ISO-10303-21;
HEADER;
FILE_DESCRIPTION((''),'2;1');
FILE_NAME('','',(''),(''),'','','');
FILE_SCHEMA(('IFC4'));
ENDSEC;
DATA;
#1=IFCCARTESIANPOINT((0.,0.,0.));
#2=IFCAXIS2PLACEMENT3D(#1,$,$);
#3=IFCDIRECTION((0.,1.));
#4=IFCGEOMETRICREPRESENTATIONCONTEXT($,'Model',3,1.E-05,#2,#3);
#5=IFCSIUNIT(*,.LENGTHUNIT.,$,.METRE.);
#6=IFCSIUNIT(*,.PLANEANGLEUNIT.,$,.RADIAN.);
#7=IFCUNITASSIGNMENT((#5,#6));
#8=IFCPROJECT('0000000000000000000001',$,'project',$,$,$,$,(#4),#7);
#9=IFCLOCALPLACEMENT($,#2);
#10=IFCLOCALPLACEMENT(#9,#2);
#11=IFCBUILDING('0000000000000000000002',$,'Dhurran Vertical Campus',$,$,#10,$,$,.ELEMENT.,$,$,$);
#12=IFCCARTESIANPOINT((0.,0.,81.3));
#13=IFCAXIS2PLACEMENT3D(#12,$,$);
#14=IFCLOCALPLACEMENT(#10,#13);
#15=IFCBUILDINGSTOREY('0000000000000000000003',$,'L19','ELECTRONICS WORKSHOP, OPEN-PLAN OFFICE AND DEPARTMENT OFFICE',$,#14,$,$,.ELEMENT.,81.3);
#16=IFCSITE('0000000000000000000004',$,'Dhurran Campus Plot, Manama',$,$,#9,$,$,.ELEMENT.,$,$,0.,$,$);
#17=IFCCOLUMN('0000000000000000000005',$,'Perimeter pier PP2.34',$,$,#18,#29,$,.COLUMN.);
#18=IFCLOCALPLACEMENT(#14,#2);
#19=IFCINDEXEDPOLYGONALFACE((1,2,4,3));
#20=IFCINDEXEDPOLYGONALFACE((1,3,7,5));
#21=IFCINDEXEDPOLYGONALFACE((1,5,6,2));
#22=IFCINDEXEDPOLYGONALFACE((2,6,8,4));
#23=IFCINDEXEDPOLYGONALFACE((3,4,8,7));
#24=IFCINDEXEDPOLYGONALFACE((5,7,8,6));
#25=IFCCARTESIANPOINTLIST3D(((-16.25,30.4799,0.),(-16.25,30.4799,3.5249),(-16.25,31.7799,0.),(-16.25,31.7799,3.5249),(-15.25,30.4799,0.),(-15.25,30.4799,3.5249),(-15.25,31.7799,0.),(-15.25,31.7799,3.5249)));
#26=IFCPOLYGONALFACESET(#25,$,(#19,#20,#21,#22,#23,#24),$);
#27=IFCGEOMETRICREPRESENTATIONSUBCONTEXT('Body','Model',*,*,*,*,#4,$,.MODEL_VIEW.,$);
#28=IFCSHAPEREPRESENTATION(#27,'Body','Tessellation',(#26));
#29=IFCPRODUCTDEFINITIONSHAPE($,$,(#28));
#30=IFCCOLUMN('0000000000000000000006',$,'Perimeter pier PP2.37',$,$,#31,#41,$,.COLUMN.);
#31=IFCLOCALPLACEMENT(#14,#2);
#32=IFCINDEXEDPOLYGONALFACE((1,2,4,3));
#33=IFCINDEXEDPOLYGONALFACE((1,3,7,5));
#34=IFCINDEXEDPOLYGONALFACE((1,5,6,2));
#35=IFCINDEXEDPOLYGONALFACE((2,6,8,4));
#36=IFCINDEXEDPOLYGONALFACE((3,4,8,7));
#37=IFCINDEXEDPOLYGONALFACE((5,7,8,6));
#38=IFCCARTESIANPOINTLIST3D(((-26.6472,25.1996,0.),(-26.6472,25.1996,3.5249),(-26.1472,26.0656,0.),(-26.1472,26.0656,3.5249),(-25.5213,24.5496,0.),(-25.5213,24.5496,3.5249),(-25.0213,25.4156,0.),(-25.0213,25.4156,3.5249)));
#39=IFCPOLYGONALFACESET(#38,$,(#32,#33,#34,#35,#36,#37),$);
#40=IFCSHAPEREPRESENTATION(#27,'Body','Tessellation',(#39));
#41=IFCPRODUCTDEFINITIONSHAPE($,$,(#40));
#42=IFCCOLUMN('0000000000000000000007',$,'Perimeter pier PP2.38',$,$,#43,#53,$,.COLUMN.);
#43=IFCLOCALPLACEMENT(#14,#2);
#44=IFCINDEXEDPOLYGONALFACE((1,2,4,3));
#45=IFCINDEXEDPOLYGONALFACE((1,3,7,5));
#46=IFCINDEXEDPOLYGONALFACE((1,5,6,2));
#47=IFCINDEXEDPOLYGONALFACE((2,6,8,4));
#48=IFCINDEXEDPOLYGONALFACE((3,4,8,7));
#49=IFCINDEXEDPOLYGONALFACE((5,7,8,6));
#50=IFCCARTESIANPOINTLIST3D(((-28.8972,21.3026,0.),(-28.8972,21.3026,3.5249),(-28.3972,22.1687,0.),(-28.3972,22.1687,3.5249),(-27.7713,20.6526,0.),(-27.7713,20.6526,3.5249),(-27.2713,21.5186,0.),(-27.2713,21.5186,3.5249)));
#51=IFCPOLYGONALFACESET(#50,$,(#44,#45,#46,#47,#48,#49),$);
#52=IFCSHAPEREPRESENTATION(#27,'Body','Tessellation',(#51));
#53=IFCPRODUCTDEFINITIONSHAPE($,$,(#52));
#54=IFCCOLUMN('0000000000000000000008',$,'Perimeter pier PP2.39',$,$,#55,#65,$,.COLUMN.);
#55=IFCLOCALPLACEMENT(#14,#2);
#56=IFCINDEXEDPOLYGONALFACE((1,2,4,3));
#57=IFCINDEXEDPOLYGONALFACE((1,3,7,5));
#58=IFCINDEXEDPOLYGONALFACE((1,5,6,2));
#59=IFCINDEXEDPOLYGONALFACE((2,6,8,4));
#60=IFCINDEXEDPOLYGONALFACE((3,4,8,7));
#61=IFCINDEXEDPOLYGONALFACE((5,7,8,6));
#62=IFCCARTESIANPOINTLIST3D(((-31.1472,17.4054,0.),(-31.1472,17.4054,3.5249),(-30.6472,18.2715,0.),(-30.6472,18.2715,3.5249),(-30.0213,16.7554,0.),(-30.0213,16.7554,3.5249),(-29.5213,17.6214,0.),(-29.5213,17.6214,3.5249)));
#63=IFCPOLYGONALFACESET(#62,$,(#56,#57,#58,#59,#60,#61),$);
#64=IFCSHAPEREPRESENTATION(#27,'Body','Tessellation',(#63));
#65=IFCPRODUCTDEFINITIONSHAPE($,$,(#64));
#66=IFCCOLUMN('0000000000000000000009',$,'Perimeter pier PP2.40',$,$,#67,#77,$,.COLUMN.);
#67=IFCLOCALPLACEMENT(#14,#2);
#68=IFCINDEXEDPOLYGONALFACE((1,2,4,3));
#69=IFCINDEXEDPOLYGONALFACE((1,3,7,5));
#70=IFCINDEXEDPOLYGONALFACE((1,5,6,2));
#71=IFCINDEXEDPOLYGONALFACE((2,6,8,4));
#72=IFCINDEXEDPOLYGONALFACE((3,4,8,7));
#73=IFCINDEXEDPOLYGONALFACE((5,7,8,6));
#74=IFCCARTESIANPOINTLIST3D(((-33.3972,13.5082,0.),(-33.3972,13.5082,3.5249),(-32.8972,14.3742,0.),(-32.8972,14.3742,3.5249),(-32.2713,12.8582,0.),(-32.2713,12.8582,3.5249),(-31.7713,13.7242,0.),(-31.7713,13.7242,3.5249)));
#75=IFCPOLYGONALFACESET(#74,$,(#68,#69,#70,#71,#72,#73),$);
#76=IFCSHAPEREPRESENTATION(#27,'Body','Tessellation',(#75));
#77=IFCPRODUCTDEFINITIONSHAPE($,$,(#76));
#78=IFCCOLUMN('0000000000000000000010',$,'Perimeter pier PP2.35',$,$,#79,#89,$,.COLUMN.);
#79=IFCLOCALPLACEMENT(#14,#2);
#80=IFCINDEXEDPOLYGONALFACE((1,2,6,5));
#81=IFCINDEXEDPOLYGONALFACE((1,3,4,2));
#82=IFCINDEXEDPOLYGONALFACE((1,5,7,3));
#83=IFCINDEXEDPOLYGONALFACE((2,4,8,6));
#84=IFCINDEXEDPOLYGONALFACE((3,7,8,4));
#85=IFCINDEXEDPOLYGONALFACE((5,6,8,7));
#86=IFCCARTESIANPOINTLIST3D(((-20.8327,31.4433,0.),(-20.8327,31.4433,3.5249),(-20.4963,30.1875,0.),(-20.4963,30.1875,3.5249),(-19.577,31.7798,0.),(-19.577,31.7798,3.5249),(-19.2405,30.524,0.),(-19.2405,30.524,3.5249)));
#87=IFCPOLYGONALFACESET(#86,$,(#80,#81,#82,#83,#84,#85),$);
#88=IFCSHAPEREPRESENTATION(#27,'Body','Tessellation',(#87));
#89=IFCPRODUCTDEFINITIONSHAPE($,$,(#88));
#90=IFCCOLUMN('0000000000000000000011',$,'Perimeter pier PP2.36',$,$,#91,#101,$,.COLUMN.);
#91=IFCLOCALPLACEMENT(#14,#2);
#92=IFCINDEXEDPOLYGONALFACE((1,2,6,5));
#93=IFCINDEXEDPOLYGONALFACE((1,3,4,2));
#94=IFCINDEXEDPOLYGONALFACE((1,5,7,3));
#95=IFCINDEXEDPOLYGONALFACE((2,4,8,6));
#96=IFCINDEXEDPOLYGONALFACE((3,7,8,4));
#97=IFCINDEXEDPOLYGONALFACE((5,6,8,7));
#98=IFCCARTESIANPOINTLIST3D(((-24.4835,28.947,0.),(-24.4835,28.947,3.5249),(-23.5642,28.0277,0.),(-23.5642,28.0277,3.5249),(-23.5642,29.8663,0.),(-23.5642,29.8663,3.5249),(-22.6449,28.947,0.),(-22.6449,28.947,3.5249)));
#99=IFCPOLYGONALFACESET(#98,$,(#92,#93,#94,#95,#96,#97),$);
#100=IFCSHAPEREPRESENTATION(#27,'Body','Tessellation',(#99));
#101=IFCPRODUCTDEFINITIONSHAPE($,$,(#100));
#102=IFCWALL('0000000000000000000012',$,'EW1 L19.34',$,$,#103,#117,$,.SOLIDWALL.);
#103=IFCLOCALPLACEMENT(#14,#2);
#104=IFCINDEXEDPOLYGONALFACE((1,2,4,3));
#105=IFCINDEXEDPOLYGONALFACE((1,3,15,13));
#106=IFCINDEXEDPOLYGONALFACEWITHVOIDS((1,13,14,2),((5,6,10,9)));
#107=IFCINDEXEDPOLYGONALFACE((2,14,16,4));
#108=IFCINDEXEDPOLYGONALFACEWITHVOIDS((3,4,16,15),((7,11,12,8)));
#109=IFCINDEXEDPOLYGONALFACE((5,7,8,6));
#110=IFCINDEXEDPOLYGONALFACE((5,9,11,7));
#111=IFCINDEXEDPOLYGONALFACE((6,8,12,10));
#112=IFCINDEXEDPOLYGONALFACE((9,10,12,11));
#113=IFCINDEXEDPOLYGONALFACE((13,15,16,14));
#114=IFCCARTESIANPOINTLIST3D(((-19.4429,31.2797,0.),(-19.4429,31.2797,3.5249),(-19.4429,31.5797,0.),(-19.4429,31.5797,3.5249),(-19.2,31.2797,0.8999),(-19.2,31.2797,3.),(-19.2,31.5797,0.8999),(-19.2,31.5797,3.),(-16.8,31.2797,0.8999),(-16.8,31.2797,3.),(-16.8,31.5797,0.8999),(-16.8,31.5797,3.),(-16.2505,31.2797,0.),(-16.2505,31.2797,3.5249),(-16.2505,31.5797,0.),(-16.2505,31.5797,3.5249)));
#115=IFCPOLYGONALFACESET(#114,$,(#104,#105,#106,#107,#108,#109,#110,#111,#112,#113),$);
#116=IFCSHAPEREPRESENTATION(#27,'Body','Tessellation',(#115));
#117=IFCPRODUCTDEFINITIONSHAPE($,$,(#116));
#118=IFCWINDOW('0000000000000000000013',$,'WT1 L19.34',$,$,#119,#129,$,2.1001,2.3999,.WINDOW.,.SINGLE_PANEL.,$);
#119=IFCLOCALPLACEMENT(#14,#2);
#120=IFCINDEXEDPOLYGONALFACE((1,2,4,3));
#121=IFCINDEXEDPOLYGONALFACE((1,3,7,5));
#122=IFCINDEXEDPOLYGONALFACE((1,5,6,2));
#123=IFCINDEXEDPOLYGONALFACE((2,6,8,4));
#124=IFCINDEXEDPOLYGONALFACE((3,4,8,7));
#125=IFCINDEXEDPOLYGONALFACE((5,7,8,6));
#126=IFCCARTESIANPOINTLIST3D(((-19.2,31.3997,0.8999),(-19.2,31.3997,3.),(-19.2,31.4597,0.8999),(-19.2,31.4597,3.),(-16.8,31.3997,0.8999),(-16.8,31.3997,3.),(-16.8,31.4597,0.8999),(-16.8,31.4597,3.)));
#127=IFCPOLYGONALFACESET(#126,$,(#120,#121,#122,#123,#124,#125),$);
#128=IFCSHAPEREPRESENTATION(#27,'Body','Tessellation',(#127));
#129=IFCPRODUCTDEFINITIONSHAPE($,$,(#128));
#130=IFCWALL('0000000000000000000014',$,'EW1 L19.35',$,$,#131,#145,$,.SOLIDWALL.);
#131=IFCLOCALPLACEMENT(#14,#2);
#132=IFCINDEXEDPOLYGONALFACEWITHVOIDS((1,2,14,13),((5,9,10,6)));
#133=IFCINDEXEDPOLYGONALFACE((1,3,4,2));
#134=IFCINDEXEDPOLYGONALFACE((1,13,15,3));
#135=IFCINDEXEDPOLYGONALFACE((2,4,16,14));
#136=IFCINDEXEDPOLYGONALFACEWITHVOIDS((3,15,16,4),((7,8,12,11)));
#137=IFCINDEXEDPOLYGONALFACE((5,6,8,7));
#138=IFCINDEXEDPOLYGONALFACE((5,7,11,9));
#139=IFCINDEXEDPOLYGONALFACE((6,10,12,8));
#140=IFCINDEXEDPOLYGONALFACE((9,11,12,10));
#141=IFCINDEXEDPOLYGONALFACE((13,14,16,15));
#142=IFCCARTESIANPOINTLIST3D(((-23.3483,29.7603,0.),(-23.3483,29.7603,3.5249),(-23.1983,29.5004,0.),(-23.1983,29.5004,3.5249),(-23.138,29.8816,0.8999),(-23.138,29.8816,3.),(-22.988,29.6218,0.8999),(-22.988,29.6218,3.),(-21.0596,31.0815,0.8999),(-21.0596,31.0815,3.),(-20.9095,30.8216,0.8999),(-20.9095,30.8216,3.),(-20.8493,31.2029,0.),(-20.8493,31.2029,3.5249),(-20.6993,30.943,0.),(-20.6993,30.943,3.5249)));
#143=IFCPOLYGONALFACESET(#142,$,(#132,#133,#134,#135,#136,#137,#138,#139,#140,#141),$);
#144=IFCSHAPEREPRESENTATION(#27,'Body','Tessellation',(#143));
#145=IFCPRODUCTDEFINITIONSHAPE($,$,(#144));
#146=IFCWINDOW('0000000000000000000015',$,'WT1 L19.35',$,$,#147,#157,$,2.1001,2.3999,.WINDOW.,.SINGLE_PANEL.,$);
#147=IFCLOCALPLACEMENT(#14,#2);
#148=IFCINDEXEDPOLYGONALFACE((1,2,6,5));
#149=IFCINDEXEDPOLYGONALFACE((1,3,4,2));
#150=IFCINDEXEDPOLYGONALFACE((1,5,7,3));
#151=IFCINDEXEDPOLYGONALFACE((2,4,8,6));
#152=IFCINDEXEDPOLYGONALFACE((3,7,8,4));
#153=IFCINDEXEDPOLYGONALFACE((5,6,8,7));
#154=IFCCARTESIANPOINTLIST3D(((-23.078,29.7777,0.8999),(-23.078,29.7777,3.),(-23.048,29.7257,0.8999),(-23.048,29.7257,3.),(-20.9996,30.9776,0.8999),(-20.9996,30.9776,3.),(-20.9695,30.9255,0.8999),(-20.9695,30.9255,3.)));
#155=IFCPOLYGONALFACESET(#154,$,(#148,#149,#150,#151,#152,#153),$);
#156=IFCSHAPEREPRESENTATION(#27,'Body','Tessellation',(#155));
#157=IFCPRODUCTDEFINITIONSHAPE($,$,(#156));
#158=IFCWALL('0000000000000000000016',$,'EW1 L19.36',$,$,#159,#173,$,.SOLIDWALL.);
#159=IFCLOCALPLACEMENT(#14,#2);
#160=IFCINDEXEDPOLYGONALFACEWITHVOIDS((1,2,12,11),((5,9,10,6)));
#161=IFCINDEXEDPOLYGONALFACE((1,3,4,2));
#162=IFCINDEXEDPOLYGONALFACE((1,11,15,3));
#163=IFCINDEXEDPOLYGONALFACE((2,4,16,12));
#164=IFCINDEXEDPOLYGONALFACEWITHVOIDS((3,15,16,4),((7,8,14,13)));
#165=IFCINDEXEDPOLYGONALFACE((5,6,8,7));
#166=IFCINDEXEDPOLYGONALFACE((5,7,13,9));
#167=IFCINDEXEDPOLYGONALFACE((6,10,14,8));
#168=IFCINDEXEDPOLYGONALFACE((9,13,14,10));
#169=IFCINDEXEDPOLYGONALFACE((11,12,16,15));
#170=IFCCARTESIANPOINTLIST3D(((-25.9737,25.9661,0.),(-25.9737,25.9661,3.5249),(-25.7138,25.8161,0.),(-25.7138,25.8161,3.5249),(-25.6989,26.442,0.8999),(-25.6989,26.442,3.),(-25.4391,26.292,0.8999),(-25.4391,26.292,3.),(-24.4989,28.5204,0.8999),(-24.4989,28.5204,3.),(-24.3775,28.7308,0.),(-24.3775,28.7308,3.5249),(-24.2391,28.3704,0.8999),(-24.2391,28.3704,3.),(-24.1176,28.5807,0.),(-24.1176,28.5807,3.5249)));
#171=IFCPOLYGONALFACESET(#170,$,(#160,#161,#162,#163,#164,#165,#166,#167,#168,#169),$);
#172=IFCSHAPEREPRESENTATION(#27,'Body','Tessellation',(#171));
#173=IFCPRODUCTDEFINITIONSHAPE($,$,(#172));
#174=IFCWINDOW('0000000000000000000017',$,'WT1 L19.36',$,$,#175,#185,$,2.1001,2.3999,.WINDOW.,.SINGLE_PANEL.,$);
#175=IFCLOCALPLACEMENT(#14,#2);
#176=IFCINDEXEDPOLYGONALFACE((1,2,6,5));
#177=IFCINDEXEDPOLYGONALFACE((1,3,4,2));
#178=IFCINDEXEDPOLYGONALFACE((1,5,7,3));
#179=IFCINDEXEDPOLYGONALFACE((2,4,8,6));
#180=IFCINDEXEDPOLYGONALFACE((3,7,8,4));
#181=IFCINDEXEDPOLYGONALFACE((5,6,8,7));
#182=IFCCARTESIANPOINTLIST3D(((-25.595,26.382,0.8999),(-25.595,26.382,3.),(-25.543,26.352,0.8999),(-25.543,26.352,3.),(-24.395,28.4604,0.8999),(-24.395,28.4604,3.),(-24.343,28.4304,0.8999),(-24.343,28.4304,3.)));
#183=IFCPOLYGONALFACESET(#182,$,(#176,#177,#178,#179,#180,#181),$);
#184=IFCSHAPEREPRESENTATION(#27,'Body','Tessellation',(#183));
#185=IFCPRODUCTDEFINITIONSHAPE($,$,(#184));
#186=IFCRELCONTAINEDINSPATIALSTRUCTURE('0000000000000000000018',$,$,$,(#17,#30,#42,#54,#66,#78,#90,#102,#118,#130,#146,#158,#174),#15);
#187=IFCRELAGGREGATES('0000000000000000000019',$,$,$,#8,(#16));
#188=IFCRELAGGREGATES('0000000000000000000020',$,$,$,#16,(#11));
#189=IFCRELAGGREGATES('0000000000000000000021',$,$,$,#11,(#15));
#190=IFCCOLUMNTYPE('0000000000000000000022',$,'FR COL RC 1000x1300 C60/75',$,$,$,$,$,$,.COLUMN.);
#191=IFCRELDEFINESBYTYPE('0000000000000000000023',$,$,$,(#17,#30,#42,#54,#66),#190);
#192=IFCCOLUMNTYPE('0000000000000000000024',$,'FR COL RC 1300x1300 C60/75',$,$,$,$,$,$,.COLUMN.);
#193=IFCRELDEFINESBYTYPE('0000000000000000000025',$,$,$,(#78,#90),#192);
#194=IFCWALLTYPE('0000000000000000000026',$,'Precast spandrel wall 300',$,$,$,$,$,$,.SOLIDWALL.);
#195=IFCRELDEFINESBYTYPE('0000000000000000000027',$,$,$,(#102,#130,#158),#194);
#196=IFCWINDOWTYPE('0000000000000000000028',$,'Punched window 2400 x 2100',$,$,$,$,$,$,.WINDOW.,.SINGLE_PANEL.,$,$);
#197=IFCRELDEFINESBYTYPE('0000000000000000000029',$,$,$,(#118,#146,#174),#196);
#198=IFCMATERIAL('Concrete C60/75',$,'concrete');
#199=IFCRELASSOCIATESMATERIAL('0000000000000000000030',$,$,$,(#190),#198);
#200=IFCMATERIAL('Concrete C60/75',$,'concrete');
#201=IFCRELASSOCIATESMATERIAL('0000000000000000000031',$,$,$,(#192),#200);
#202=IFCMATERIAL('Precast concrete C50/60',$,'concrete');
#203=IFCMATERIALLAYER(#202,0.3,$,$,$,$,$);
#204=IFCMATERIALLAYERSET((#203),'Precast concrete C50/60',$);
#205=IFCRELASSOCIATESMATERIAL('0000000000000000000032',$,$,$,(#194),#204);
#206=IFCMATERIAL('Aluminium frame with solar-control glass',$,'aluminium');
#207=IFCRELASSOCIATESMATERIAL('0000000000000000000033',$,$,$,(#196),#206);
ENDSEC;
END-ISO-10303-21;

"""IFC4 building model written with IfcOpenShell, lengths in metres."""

from ifc_helpers import new_model, si_unit, direction, frame, frame_2d, origin, origin_2d, place, context, subcontext, project, spatial, rectangle, extrude, material, layer, layer_set, material_profile, profile_set, type_object, element, fill, save


model = new_model("IFC4")

# Units and contexts
model_context = context("Model", 3, precision=1e-05, world=origin(), true_north=direction((0.0, 1.0)))
body_context = subcontext(model_context, "Body", "Model", "MODEL_VIEW")
ifc_project = project(units=[si_unit("LENGTHUNIT", "METRE"), si_unit("PLANEANGLEUNIT", "RADIAN")], contexts=[model_context])

# Site, building, storey
site_placement = place(None, origin())
site = spatial("IfcSite", under=ifc_project, at=site_placement, Name="Dhurran Campus Plot, Manama", CompositionType="ELEMENT", RefElevation=0.0)
building_placement = place(site_placement, origin())
building = spatial("IfcBuilding", under=site, at=building_placement, Name="Dhurran Vertical Campus", CompositionType="ELEMENT")
storey_placement = place(building_placement, frame((0.0, 0.0, 81.3)))
storey = spatial("IfcBuildingStorey", under=building, at=storey_placement, Name="L19", Description="ELECTRONICS WORKSHOP, OPEN-PLAN OFFICE AND DEPARTMENT OFFICE", CompositionType="ELEMENT", Elevation=81.3)

# Columns
ifc_material_1 = material(Name="Concrete C60/75", Category="concrete")
ifc_material_profile_1 = material_profile(ifc_material_1, rectangle(XDim=1.0, YDim=1.3, at=origin_2d()), Name="RC 1000x1300")
ifc_profile_set_1 = profile_set([ifc_material_profile_1], Name="Concrete C60/75")
column_type_1 = type_object("IfcColumnType", Name="FR COL RC 1000x1300 C60/75", PredefinedType="COLUMN", material=ifc_profile_set_1)
for number, where, z_axis, x_axis, name in (
    (1, (-15.75, 31.1299, 0.0), (0.0, 0.0, 1.0), (-1.0, 0.0, 0.0), "Perimeter pier PP2.34"),
    (2, (-25.8342, 25.3076, 0.0), (0.0, 0.0, 1.0), (-0.5, -0.866025, 0.0), "Perimeter pier PP2.37"),
    (3, (-28.0842, 21.4106, 0.0), (0.0, 0.0, 1.0), (-0.5, -0.866025, 0.0), "Perimeter pier PP2.38"),
    (4, (-30.3342, 17.5134, 0.0), (0.0, 0.0, 1.0), (-0.5, -0.866025, 0.0), "Perimeter pier PP2.39"),
    (5, (-32.5842, 13.6162, 0.0), (0.0, 0.0, 1.0), (-0.5, -0.866025, 0.0), "Perimeter pier PP2.40"),
):
    element("IfcColumn", number, at=place(storey_placement, frame(where, z_axis=z_axis, x_axis=x_axis)), inside=storey, type_object=column_type_1, Name=name, PredefinedType="COLUMN", context=body_context, shape_type="SweptSolid", body=[
        extrude(rectangle(XDim=1.0, YDim=1.3, at=origin_2d()), origin(), (0.0, 0.0, 1.0), 3.5249),
    ])
ifc_material_2 = material(Name="Concrete C60/75", Category="concrete")
ifc_material_profile_2 = material_profile(ifc_material_2, rectangle(XDim=1.3, YDim=1.3, at=origin_2d()), Name="RC 1300x1300")
ifc_profile_set_2 = profile_set([ifc_material_profile_2], Name="Concrete C60/75")
column_type_2 = type_object("IfcColumnType", Name="FR COL RC 1300x1300 C60/75", PredefinedType="COLUMN", material=ifc_profile_set_2)
for number, where, z_axis, x_axis, name in (
    (6, (-20.0366, 30.9836, 0.0), (0.0, 0.0, 1.0), (-0.965926, -0.258819, 0.0), "Perimeter pier PP2.35"),
    (7, (-23.5642, 28.947, 0.0), (0.0, 0.0, 1.0), (-0.707107, -0.707107, 0.0), "Perimeter pier PP2.36"),
):
    element("IfcColumn", number, at=place(storey_placement, frame(where, z_axis=z_axis, x_axis=x_axis)), inside=storey, type_object=column_type_2, Name=name, PredefinedType="COLUMN", context=body_context, shape_type="SweptSolid", body=[
        extrude(rectangle(XDim=1.3, YDim=1.3, at=origin_2d()), origin(), (0.0, 0.0, 1.0), 3.5249),
    ])

# Walls, openings, windows
ifc_material_3 = material(Name="Precast concrete C50/60", Category="concrete")
ifc_layer_1 = layer(ifc_material_3, 0.3)
ifc_layer_set_1 = layer_set([ifc_layer_1], Name="Precast concrete C50/60")
wall_type_1 = type_object("IfcWallType", Name="Precast spandrel wall 300", PredefinedType="SOLIDWALL", material=ifc_layer_set_1)
wall_1_placement = place(storey_placement, frame((-16.2505, 31.4297, 0.0), z_axis=(0.0, 0.0, 1.0), x_axis=(-1.0, 0.0, 0.0)))
wall_1 = element("IfcWall", 8, at=wall_1_placement, inside=storey, type_object=wall_type_1, Name="EW1 L19.34", PredefinedType="SOLIDWALL", context=body_context, shape_type="SweptSolid", body=[
    extrude(rectangle(XDim=3.1924, YDim=0.3, at=frame_2d((1.5962, 0.0))), origin(), (0.0, 0.0, 1.0), 3.5249),
])
opening_1_placement = place(wall_1_placement, frame((0.5496, 0.0, 0.8999)))
opening_1 = element("IfcOpeningElement", 9, at=opening_1_placement, cuts=wall_1, PredefinedType="OPENING", context=body_context, shape_type="SweptSolid", body=[
    extrude(rectangle(XDim=2.3999, YDim=2.1001, at=frame_2d((1.2, 1.05))), frame((0.0, 0.1599, 0.0), z_axis=(0.0, -1.0, 0.0), x_axis=(1.0, 0.0, 0.0)), (0.0, 0.0, 1.0), 0.3201),
])
ifc_material_4 = material(Name="Aluminium frame with solar-control glass", Category="aluminium")
window_type = type_object("IfcWindowType", Name="Punched window 2400 x 2100", PartitioningType="SINGLE_PANEL", PredefinedType="WINDOW", material=ifc_material_4)
window_1_placement = place(opening_1_placement, origin())
window_1 = element("IfcWindow", 10, at=window_1_placement, inside=storey, type_object=window_type, Name="WT1 L19.34", OverallHeight=2.1001, OverallWidth=2.3999, PartitioningType="SINGLE_PANEL", PredefinedType="WINDOW", context=body_context, shape_type="SweptSolid", body=[
    extrude(rectangle(XDim=2.3999, YDim=2.1001, at=frame_2d((1.2, 1.05))), frame((0.0, 0.03, 0.0), z_axis=(0.0, -1.0, 0.0), x_axis=(1.0, 0.0, 0.0)), (0.0, 0.0, 1.0), 0.0601),
])
fill(opening_1, window_1)
wall_2_placement = place(storey_placement, frame((-20.7742, 31.073, 0.0), z_axis=(0.0, 0.0, 1.0), x_axis=(-0.866053, -0.499952, 0.0)))
wall_2 = element("IfcWall", 11, at=wall_2_placement, inside=storey, type_object=wall_type_1, Name="EW1 L19.35", PredefinedType="SOLIDWALL", context=body_context, shape_type="SweptSolid", body=[
    extrude(rectangle(XDim=2.8855, YDim=0.3, at=frame_2d((1.4429, 0.0))), origin(), (0.0, 0.0, 1.0), 3.5249),
])
opening_2_placement = place(wall_2_placement, frame((0.2429, 0.0, 0.8999)))
opening_2 = element("IfcOpeningElement", 12, at=opening_2_placement, cuts=wall_2, PredefinedType="OPENING", context=body_context, shape_type="SweptSolid", body=[
    extrude(rectangle(XDim=2.3999, YDim=2.1001, at=frame_2d((1.2, 1.05))), frame((0.0, 0.1599, 0.0), z_axis=(0.0, -1.0, 0.0), x_axis=(1.0, 0.0, 0.0)), (0.0, 0.0, 1.0), 0.3201),
])
window_2_placement = place(opening_2_placement, origin())
window_2 = element("IfcWindow", 13, at=window_2_placement, inside=storey, type_object=window_type, Name="WT1 L19.35", OverallHeight=2.1001, OverallWidth=2.3999, PartitioningType="SINGLE_PANEL", PredefinedType="WINDOW", context=body_context, shape_type="SweptSolid", body=[
    extrude(rectangle(XDim=2.3999, YDim=2.1001, at=frame_2d((1.2, 1.05))), frame((0.0, 0.03, 0.0), z_axis=(0.0, -1.0, 0.0), x_axis=(1.0, 0.0, 0.0)), (0.0, 0.0, 1.0), 0.0601),
])
fill(opening_2, window_2)
wall_3_placement = place(storey_placement, frame((-24.2476, 28.6558, 0.0), z_axis=(0.0, 0.0, 1.0), x_axis=(-0.500005, -0.866023, 0.0)))
wall_3 = element("IfcWall", 14, at=wall_3_placement, inside=storey, type_object=wall_type_1, Name="EW1 L19.36", PredefinedType="SOLIDWALL", context=body_context, shape_type="SweptSolid", body=[
    extrude(rectangle(XDim=3.1924, YDim=0.3, at=frame_2d((1.5962, 0.0))), origin(), (0.0, 0.0, 1.0), 3.5249),
])
opening_3_placement = place(wall_3_placement, frame((0.2429, 0.0, 0.8999)))
opening_3 = element("IfcOpeningElement", 15, at=opening_3_placement, cuts=wall_3, PredefinedType="OPENING", context=body_context, shape_type="SweptSolid", body=[
    extrude(rectangle(XDim=2.3999, YDim=2.1001, at=frame_2d((1.2, 1.05))), frame((0.0, 0.1599, 0.0), z_axis=(0.0, -1.0, 0.0), x_axis=(1.0, 0.0, 0.0)), (0.0, 0.0, 1.0), 0.3201),
])
window_3_placement = place(opening_3_placement, origin())
window_3 = element("IfcWindow", 16, at=window_3_placement, inside=storey, type_object=window_type, Name="WT1 L19.36", OverallHeight=2.1001, OverallWidth=2.3999, PartitioningType="SINGLE_PANEL", PredefinedType="WINDOW", context=body_context, shape_type="SweptSolid", body=[
    extrude(rectangle(XDim=2.3999, YDim=2.1001, at=frame_2d((1.2, 1.05))), frame((0.0, 0.03, 0.0), z_axis=(0.0, -1.0, 0.0), x_axis=(1.0, 0.0, 0.0)), (0.0, 0.0, 1.0), 0.0601),
])
fill(opening_3, window_3)

save(model, "model.ifc")
